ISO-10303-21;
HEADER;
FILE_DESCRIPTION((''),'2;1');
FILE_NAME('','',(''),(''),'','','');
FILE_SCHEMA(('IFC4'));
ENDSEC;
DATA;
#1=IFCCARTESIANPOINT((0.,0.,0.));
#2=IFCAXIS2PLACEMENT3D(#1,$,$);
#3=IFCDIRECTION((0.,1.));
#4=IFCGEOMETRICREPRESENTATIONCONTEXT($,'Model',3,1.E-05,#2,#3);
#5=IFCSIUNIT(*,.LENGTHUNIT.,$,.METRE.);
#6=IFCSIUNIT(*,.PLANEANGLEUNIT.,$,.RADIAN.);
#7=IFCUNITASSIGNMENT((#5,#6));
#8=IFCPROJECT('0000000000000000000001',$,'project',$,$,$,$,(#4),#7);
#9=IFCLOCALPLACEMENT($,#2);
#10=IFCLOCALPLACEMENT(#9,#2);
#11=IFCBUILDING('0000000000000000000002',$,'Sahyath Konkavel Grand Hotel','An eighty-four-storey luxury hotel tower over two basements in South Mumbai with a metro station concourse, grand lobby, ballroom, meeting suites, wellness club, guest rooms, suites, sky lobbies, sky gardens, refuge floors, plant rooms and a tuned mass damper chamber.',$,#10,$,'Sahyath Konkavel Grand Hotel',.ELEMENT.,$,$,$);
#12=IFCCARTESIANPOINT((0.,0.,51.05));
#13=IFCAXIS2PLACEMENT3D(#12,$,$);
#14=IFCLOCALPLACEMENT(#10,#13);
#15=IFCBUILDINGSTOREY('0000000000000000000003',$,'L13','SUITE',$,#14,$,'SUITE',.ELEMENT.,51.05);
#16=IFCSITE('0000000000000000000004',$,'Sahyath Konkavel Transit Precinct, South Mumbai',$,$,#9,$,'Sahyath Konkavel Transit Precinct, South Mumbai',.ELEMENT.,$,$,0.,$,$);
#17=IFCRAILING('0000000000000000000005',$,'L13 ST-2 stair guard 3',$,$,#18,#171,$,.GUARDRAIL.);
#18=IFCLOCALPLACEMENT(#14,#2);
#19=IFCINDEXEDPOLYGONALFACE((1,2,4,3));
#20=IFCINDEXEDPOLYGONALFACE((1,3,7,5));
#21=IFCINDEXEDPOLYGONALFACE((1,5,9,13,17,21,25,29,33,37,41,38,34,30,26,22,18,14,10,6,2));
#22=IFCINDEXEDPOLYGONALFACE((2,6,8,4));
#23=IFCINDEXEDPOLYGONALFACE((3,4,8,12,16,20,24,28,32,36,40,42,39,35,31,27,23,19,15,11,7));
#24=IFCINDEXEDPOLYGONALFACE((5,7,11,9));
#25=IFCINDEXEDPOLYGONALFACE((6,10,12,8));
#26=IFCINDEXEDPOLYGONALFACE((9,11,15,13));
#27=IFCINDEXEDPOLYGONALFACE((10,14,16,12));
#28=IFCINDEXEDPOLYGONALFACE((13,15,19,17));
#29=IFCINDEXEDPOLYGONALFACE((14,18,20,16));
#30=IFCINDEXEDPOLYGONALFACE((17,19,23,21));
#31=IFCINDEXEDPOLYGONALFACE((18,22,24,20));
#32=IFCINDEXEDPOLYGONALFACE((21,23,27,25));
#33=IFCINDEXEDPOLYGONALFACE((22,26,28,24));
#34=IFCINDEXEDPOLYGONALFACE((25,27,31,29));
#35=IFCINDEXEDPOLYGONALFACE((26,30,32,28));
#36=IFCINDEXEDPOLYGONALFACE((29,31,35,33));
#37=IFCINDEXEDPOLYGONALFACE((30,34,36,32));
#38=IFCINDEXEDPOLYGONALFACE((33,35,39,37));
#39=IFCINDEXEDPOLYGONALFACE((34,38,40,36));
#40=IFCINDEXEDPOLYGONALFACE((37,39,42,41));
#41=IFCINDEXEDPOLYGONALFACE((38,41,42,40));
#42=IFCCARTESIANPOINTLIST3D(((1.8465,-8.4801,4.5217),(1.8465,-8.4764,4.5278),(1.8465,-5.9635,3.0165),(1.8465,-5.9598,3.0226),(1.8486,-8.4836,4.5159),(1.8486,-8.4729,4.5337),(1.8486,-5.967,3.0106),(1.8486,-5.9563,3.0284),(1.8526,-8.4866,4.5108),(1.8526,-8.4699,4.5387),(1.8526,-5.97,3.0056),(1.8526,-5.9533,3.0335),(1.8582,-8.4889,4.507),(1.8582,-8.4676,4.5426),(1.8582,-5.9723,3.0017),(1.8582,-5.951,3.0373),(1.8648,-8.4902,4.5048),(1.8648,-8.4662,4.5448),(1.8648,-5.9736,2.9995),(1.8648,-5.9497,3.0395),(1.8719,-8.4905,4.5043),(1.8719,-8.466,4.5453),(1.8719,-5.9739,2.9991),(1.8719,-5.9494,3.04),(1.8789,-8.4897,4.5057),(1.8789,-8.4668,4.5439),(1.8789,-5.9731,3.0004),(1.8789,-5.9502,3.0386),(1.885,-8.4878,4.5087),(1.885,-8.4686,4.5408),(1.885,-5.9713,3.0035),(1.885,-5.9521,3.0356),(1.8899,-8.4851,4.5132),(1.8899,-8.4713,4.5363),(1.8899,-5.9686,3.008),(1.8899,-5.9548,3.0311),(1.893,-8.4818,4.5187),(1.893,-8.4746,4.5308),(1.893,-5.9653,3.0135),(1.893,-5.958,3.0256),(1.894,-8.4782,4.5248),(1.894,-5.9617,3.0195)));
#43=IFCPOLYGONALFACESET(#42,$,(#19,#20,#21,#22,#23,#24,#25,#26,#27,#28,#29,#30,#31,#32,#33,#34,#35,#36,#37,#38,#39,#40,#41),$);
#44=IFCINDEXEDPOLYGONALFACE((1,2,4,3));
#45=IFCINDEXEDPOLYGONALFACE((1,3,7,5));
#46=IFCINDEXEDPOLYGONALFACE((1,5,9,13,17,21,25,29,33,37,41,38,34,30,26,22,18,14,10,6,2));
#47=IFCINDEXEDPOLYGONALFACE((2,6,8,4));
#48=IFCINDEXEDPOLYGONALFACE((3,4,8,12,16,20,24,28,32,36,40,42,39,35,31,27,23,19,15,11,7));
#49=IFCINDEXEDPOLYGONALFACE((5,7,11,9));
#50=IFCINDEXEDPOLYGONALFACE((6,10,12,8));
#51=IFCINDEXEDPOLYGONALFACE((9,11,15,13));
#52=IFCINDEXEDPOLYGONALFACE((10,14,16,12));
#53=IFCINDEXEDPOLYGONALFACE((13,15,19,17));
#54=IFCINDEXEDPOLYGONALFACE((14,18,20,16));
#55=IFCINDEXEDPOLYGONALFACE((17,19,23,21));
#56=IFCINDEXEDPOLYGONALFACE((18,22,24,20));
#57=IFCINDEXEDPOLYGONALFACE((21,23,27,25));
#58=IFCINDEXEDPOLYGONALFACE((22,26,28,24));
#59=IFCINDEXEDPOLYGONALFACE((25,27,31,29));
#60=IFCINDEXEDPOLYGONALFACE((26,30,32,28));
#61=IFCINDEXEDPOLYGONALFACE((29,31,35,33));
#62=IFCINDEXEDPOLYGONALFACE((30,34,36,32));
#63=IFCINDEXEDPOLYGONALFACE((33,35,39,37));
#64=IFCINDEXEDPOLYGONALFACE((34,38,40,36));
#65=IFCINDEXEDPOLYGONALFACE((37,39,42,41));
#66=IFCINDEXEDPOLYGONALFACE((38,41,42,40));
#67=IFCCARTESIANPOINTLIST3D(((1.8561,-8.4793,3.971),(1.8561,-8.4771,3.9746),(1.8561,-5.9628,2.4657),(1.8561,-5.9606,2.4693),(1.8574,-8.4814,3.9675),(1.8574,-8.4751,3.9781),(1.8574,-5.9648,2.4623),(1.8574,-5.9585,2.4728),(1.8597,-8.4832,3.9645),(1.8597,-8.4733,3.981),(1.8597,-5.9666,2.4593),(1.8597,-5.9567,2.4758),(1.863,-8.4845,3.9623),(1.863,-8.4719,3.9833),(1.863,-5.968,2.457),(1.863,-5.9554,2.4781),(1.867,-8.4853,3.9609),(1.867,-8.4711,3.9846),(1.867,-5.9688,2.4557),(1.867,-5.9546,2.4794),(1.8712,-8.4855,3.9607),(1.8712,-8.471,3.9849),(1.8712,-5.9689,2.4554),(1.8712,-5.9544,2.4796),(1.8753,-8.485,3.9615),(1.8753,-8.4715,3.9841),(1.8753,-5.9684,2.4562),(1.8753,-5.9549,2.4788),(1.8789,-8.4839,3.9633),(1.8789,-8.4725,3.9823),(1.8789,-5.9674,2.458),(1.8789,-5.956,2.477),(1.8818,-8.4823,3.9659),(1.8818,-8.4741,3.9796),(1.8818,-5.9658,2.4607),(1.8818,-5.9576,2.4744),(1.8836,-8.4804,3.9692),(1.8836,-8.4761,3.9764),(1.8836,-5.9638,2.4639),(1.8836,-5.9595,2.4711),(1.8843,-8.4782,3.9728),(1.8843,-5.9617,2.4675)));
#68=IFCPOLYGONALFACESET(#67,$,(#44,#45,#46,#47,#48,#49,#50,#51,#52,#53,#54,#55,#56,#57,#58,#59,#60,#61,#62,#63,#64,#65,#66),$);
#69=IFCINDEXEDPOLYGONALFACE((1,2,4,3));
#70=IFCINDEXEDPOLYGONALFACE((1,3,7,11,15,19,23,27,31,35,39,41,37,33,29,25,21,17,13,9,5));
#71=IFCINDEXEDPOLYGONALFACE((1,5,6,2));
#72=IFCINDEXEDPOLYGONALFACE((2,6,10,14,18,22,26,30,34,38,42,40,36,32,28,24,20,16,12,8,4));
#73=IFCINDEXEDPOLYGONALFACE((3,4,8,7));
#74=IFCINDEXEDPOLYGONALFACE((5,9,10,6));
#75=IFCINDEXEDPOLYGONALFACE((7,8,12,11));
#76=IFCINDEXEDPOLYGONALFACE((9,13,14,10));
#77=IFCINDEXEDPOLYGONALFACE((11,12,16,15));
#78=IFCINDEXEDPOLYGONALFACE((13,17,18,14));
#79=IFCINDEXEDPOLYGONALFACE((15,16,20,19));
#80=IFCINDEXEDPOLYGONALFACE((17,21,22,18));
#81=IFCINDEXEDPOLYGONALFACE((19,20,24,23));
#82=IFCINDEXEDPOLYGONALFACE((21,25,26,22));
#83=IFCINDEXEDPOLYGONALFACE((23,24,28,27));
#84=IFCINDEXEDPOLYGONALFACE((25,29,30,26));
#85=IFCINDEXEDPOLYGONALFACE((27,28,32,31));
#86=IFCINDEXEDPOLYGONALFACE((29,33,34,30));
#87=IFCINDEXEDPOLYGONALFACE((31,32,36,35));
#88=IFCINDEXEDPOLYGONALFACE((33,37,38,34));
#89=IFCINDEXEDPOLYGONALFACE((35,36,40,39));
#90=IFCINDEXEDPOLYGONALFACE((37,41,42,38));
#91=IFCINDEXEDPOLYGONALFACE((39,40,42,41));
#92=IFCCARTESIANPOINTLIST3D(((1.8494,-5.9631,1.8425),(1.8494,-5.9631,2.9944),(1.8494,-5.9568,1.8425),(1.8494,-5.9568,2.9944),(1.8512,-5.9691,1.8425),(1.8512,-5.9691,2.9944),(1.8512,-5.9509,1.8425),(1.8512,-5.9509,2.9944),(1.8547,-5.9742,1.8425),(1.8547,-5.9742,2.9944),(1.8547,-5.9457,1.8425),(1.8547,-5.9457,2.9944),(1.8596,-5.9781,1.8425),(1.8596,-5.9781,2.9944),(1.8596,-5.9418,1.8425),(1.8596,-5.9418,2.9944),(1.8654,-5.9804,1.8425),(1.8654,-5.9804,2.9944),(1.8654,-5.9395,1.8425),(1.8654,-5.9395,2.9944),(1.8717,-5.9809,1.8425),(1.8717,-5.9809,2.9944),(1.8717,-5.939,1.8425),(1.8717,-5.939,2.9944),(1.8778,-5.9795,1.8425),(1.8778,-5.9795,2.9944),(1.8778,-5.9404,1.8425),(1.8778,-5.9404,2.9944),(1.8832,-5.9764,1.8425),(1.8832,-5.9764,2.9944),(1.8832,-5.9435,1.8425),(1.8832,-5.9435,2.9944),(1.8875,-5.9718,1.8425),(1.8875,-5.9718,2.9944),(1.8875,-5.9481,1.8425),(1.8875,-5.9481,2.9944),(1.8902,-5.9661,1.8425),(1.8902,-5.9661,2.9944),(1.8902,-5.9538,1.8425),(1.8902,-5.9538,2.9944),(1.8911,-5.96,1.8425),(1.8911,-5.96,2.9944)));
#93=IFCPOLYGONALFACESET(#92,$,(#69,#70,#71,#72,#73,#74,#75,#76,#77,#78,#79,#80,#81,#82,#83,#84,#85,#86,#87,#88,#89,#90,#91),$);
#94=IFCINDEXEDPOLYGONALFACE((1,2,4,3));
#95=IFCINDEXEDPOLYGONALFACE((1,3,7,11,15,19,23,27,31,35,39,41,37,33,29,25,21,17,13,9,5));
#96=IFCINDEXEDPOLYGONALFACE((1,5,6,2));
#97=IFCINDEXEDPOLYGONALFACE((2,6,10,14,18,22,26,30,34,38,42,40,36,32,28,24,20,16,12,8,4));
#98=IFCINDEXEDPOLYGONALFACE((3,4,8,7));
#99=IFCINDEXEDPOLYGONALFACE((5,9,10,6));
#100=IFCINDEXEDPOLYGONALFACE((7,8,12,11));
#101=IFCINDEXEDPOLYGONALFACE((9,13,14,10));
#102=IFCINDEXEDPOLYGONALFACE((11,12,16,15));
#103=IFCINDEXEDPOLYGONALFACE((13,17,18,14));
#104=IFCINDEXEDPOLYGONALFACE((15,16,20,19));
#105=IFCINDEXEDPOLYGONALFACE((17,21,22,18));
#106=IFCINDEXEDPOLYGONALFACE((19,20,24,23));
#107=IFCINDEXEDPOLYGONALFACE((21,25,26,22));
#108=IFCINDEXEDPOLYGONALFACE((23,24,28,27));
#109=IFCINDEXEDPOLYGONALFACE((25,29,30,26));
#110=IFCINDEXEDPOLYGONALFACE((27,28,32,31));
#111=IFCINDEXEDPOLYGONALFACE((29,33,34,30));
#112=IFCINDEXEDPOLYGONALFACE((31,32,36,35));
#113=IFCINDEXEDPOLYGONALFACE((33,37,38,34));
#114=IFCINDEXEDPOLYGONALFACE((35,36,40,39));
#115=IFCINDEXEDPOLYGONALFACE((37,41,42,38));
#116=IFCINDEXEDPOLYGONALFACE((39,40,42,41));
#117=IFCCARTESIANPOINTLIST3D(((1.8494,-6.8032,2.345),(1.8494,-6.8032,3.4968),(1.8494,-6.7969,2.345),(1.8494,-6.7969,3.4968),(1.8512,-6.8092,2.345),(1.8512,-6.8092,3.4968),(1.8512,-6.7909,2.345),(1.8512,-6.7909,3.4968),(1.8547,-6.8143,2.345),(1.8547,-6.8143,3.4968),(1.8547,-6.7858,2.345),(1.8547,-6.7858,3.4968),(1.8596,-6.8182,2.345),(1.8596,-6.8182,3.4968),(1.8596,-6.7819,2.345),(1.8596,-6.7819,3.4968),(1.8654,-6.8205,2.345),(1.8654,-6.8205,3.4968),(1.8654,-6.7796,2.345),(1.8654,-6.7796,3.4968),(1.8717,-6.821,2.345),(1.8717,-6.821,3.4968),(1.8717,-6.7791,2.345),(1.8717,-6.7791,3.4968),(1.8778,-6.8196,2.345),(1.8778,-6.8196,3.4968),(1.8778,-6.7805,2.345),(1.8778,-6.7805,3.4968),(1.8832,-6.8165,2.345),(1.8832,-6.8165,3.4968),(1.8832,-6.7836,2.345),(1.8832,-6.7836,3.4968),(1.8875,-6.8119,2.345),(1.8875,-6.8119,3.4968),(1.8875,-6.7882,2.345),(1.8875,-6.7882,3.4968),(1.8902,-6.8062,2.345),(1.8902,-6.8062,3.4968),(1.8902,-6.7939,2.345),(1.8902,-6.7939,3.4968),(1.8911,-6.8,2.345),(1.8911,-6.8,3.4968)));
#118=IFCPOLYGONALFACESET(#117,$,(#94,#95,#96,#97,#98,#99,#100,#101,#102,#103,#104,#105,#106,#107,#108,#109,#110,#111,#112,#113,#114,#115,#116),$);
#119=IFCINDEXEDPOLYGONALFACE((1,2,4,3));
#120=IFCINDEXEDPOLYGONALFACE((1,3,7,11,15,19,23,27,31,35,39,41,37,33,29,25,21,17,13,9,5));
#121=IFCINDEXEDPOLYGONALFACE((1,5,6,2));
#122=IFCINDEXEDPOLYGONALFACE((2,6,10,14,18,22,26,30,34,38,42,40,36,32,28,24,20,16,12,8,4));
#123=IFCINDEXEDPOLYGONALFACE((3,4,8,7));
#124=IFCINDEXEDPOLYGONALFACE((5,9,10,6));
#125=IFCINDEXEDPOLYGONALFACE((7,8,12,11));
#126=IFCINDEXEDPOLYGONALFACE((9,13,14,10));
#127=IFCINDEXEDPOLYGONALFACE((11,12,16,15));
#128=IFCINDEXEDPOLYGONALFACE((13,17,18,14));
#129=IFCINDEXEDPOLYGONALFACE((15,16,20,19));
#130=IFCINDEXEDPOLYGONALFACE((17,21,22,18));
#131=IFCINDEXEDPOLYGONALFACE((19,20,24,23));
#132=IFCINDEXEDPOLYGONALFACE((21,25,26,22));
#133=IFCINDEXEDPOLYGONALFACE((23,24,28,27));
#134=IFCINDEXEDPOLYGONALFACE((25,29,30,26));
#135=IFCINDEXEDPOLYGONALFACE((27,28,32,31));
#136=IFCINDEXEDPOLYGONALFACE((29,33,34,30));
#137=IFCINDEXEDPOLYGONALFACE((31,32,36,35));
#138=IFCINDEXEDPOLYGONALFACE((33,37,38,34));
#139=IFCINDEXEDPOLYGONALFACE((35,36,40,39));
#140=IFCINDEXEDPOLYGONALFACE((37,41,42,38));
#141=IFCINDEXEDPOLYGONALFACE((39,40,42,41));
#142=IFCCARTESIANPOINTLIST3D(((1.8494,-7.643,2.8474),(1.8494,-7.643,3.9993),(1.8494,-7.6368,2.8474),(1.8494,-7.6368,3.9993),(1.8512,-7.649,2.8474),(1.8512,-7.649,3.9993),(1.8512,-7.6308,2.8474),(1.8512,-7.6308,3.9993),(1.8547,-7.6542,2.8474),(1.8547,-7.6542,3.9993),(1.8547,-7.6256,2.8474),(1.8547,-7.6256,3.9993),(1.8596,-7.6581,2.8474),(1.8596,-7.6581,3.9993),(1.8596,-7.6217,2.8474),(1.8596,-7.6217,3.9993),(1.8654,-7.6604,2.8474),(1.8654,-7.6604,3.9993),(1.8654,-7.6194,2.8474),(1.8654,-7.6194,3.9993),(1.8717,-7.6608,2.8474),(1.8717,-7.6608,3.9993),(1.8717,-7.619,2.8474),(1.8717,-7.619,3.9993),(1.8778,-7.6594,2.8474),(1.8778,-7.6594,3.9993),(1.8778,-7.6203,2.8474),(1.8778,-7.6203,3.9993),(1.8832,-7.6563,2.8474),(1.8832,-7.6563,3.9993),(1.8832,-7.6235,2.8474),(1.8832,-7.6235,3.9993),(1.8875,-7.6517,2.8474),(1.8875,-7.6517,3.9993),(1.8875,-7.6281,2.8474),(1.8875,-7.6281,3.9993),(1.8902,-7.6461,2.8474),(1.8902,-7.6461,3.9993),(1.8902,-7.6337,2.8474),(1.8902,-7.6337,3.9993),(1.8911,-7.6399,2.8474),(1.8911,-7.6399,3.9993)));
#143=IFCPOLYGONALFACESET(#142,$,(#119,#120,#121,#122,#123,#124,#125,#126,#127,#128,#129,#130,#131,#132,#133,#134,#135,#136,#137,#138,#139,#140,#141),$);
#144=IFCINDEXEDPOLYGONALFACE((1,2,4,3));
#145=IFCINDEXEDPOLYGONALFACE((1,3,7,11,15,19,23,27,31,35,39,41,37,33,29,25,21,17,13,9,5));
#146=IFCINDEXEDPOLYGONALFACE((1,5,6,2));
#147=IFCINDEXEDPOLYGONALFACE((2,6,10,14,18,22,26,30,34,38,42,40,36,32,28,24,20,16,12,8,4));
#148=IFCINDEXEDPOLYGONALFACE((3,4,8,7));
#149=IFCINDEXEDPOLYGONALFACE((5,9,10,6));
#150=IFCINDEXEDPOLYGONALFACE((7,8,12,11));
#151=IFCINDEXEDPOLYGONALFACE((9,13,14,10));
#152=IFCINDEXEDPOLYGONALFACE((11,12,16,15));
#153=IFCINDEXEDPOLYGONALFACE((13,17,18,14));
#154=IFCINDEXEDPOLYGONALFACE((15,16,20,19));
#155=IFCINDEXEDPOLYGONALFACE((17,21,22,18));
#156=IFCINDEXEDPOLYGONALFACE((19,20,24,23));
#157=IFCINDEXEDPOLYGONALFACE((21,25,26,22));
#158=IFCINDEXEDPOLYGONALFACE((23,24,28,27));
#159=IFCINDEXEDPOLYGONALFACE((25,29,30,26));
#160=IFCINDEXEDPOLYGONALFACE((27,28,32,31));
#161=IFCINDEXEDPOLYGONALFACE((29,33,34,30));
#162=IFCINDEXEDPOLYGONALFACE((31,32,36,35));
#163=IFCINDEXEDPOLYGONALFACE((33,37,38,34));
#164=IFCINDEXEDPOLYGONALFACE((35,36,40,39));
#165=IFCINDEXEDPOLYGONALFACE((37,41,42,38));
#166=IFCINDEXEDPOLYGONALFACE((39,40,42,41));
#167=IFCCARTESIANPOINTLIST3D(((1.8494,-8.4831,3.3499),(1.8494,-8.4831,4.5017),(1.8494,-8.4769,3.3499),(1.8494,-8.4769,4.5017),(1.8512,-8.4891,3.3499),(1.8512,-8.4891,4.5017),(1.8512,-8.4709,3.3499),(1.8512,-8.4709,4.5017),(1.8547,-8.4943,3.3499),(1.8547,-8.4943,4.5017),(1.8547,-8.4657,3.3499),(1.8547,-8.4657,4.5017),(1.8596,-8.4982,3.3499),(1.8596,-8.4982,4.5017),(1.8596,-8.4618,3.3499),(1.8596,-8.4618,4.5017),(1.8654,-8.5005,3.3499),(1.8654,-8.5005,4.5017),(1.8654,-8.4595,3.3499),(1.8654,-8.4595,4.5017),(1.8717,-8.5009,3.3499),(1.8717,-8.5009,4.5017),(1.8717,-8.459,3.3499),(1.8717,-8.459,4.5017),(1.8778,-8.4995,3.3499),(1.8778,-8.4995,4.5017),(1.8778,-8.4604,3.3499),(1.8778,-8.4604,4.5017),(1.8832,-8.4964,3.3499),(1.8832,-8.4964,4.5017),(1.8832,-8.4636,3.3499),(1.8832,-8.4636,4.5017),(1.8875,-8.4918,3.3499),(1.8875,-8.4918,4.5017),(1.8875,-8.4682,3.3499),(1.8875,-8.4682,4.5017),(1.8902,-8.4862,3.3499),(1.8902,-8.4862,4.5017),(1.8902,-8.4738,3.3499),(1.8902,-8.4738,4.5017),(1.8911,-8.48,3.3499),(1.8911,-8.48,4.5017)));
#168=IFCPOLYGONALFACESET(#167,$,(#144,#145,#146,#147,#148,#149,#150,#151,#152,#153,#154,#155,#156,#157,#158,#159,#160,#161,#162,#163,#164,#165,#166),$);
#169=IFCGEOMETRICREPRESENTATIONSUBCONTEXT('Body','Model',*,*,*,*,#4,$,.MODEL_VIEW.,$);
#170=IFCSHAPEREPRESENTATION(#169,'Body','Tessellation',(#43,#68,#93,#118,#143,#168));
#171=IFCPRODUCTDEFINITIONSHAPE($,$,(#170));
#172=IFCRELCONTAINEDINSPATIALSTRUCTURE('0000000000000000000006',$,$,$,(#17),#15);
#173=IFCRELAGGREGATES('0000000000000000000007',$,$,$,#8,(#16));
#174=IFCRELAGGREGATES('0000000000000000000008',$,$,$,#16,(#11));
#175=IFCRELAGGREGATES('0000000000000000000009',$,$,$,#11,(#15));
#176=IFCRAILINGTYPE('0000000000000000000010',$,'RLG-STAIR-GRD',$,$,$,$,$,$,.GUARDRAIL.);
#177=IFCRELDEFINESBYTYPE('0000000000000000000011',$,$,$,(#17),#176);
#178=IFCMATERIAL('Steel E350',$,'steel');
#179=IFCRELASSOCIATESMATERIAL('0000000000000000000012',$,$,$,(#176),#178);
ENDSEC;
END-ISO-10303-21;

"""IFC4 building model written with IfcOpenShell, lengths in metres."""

from ifc_helpers import new_model, si_unit, direction, frame, origin, origin_2d, place, context, subcontext, project, spatial, circle, extrude, material, type_object, element, save


model = new_model("IFC4")

# Units and contexts
model_context = context("Model", 3, precision=1e-05, world=origin(), true_north=direction((0.0, 1.0)))
body_context = subcontext(model_context, "Body", "Model", "MODEL_VIEW")
ifc_project = project(units=[si_unit("LENGTHUNIT", "METRE"), si_unit("PLANEANGLEUNIT", "RADIAN")], contexts=[model_context])

# Site, building, storey
site_placement = place(None, origin())
site = spatial("IfcSite", under=ifc_project, at=site_placement, Name="Sahyath Konkavel Transit Precinct, South Mumbai", LongName="Sahyath Konkavel Transit Precinct, South Mumbai", CompositionType="ELEMENT", RefElevation=0.0)
building_placement = place(site_placement, origin())
building = spatial("IfcBuilding", under=site, at=building_placement, Name="Sahyath Konkavel Grand Hotel", Description="An eighty-four-storey luxury hotel tower over two basements in South Mumbai with a metro station concourse, grand lobby, ballroom, meeting suites, wellness club, guest rooms, suites, sky lobbies, sky gardens, refuge floors, plant rooms and a tuned mass damper chamber.", LongName="Sahyath Konkavel Grand Hotel", CompositionType="ELEMENT")
storey_placement = place(building_placement, frame((0.0, 0.0, 51.05)))
storey = spatial("IfcBuildingStorey", under=building, at=storey_placement, Name="L13", Description="SUITE", LongName="SUITE", CompositionType="ELEMENT", Elevation=51.05)

# Shared definitions
ifc_material_1 = material(Name="Steel E350", Category="steel")

# Railing
railing_type_1 = type_object("IfcRailingType", Name="RLG-STAIR-GRD", PredefinedType="GUARDRAIL", material=ifc_material_1)
railing_1_placement = place(storey_placement, frame((1.8701, -5.96, 1.8425)))
element("IfcRailing", 1, at=railing_1_placement, inside=storey, type_object=railing_type_1, Name="L13 ST-2 stair guard 3", PredefinedType="GUARDRAIL", context=body_context, shape_type="SweptSolid", body=[
    extrude(circle(Radius=0.0239, at=origin_2d()), frame((0.0, -0.0017, 1.177), z_axis=(0.0, -0.858196, 0.513321), x_axis=(1.0, 0.0, 0.0)), (0.0, 0.0, 1.0), 2.9324),
    extrude(circle(Radius=0.0142, at=origin_2d()), frame((0.0, -0.0017, 0.625), z_axis=(0.0, -0.858196, 0.513321), x_axis=(1.0, 0.0, 0.0)), (0.0, 0.0, 1.0), 2.9324),
    extrude(circle(Radius=0.021, at=origin_2d()), origin(), (0.0, 0.0, 1.0), 1.1519),
    extrude(circle(Radius=0.021, at=origin_2d()), frame((0.0, -0.8401, 0.5024)), (0.0, 0.0, 1.0), 1.1519),
    extrude(circle(Radius=0.021, at=origin_2d()), frame((0.0, -1.6799, 1.0049)), (0.0, 0.0, 1.0), 1.1519),
    extrude(circle(Radius=0.021, at=origin_2d()), frame((0.0, -2.52, 1.5073)), (0.0, 0.0, 1.0), 1.1519),
])

save(model, "model.ifc")
